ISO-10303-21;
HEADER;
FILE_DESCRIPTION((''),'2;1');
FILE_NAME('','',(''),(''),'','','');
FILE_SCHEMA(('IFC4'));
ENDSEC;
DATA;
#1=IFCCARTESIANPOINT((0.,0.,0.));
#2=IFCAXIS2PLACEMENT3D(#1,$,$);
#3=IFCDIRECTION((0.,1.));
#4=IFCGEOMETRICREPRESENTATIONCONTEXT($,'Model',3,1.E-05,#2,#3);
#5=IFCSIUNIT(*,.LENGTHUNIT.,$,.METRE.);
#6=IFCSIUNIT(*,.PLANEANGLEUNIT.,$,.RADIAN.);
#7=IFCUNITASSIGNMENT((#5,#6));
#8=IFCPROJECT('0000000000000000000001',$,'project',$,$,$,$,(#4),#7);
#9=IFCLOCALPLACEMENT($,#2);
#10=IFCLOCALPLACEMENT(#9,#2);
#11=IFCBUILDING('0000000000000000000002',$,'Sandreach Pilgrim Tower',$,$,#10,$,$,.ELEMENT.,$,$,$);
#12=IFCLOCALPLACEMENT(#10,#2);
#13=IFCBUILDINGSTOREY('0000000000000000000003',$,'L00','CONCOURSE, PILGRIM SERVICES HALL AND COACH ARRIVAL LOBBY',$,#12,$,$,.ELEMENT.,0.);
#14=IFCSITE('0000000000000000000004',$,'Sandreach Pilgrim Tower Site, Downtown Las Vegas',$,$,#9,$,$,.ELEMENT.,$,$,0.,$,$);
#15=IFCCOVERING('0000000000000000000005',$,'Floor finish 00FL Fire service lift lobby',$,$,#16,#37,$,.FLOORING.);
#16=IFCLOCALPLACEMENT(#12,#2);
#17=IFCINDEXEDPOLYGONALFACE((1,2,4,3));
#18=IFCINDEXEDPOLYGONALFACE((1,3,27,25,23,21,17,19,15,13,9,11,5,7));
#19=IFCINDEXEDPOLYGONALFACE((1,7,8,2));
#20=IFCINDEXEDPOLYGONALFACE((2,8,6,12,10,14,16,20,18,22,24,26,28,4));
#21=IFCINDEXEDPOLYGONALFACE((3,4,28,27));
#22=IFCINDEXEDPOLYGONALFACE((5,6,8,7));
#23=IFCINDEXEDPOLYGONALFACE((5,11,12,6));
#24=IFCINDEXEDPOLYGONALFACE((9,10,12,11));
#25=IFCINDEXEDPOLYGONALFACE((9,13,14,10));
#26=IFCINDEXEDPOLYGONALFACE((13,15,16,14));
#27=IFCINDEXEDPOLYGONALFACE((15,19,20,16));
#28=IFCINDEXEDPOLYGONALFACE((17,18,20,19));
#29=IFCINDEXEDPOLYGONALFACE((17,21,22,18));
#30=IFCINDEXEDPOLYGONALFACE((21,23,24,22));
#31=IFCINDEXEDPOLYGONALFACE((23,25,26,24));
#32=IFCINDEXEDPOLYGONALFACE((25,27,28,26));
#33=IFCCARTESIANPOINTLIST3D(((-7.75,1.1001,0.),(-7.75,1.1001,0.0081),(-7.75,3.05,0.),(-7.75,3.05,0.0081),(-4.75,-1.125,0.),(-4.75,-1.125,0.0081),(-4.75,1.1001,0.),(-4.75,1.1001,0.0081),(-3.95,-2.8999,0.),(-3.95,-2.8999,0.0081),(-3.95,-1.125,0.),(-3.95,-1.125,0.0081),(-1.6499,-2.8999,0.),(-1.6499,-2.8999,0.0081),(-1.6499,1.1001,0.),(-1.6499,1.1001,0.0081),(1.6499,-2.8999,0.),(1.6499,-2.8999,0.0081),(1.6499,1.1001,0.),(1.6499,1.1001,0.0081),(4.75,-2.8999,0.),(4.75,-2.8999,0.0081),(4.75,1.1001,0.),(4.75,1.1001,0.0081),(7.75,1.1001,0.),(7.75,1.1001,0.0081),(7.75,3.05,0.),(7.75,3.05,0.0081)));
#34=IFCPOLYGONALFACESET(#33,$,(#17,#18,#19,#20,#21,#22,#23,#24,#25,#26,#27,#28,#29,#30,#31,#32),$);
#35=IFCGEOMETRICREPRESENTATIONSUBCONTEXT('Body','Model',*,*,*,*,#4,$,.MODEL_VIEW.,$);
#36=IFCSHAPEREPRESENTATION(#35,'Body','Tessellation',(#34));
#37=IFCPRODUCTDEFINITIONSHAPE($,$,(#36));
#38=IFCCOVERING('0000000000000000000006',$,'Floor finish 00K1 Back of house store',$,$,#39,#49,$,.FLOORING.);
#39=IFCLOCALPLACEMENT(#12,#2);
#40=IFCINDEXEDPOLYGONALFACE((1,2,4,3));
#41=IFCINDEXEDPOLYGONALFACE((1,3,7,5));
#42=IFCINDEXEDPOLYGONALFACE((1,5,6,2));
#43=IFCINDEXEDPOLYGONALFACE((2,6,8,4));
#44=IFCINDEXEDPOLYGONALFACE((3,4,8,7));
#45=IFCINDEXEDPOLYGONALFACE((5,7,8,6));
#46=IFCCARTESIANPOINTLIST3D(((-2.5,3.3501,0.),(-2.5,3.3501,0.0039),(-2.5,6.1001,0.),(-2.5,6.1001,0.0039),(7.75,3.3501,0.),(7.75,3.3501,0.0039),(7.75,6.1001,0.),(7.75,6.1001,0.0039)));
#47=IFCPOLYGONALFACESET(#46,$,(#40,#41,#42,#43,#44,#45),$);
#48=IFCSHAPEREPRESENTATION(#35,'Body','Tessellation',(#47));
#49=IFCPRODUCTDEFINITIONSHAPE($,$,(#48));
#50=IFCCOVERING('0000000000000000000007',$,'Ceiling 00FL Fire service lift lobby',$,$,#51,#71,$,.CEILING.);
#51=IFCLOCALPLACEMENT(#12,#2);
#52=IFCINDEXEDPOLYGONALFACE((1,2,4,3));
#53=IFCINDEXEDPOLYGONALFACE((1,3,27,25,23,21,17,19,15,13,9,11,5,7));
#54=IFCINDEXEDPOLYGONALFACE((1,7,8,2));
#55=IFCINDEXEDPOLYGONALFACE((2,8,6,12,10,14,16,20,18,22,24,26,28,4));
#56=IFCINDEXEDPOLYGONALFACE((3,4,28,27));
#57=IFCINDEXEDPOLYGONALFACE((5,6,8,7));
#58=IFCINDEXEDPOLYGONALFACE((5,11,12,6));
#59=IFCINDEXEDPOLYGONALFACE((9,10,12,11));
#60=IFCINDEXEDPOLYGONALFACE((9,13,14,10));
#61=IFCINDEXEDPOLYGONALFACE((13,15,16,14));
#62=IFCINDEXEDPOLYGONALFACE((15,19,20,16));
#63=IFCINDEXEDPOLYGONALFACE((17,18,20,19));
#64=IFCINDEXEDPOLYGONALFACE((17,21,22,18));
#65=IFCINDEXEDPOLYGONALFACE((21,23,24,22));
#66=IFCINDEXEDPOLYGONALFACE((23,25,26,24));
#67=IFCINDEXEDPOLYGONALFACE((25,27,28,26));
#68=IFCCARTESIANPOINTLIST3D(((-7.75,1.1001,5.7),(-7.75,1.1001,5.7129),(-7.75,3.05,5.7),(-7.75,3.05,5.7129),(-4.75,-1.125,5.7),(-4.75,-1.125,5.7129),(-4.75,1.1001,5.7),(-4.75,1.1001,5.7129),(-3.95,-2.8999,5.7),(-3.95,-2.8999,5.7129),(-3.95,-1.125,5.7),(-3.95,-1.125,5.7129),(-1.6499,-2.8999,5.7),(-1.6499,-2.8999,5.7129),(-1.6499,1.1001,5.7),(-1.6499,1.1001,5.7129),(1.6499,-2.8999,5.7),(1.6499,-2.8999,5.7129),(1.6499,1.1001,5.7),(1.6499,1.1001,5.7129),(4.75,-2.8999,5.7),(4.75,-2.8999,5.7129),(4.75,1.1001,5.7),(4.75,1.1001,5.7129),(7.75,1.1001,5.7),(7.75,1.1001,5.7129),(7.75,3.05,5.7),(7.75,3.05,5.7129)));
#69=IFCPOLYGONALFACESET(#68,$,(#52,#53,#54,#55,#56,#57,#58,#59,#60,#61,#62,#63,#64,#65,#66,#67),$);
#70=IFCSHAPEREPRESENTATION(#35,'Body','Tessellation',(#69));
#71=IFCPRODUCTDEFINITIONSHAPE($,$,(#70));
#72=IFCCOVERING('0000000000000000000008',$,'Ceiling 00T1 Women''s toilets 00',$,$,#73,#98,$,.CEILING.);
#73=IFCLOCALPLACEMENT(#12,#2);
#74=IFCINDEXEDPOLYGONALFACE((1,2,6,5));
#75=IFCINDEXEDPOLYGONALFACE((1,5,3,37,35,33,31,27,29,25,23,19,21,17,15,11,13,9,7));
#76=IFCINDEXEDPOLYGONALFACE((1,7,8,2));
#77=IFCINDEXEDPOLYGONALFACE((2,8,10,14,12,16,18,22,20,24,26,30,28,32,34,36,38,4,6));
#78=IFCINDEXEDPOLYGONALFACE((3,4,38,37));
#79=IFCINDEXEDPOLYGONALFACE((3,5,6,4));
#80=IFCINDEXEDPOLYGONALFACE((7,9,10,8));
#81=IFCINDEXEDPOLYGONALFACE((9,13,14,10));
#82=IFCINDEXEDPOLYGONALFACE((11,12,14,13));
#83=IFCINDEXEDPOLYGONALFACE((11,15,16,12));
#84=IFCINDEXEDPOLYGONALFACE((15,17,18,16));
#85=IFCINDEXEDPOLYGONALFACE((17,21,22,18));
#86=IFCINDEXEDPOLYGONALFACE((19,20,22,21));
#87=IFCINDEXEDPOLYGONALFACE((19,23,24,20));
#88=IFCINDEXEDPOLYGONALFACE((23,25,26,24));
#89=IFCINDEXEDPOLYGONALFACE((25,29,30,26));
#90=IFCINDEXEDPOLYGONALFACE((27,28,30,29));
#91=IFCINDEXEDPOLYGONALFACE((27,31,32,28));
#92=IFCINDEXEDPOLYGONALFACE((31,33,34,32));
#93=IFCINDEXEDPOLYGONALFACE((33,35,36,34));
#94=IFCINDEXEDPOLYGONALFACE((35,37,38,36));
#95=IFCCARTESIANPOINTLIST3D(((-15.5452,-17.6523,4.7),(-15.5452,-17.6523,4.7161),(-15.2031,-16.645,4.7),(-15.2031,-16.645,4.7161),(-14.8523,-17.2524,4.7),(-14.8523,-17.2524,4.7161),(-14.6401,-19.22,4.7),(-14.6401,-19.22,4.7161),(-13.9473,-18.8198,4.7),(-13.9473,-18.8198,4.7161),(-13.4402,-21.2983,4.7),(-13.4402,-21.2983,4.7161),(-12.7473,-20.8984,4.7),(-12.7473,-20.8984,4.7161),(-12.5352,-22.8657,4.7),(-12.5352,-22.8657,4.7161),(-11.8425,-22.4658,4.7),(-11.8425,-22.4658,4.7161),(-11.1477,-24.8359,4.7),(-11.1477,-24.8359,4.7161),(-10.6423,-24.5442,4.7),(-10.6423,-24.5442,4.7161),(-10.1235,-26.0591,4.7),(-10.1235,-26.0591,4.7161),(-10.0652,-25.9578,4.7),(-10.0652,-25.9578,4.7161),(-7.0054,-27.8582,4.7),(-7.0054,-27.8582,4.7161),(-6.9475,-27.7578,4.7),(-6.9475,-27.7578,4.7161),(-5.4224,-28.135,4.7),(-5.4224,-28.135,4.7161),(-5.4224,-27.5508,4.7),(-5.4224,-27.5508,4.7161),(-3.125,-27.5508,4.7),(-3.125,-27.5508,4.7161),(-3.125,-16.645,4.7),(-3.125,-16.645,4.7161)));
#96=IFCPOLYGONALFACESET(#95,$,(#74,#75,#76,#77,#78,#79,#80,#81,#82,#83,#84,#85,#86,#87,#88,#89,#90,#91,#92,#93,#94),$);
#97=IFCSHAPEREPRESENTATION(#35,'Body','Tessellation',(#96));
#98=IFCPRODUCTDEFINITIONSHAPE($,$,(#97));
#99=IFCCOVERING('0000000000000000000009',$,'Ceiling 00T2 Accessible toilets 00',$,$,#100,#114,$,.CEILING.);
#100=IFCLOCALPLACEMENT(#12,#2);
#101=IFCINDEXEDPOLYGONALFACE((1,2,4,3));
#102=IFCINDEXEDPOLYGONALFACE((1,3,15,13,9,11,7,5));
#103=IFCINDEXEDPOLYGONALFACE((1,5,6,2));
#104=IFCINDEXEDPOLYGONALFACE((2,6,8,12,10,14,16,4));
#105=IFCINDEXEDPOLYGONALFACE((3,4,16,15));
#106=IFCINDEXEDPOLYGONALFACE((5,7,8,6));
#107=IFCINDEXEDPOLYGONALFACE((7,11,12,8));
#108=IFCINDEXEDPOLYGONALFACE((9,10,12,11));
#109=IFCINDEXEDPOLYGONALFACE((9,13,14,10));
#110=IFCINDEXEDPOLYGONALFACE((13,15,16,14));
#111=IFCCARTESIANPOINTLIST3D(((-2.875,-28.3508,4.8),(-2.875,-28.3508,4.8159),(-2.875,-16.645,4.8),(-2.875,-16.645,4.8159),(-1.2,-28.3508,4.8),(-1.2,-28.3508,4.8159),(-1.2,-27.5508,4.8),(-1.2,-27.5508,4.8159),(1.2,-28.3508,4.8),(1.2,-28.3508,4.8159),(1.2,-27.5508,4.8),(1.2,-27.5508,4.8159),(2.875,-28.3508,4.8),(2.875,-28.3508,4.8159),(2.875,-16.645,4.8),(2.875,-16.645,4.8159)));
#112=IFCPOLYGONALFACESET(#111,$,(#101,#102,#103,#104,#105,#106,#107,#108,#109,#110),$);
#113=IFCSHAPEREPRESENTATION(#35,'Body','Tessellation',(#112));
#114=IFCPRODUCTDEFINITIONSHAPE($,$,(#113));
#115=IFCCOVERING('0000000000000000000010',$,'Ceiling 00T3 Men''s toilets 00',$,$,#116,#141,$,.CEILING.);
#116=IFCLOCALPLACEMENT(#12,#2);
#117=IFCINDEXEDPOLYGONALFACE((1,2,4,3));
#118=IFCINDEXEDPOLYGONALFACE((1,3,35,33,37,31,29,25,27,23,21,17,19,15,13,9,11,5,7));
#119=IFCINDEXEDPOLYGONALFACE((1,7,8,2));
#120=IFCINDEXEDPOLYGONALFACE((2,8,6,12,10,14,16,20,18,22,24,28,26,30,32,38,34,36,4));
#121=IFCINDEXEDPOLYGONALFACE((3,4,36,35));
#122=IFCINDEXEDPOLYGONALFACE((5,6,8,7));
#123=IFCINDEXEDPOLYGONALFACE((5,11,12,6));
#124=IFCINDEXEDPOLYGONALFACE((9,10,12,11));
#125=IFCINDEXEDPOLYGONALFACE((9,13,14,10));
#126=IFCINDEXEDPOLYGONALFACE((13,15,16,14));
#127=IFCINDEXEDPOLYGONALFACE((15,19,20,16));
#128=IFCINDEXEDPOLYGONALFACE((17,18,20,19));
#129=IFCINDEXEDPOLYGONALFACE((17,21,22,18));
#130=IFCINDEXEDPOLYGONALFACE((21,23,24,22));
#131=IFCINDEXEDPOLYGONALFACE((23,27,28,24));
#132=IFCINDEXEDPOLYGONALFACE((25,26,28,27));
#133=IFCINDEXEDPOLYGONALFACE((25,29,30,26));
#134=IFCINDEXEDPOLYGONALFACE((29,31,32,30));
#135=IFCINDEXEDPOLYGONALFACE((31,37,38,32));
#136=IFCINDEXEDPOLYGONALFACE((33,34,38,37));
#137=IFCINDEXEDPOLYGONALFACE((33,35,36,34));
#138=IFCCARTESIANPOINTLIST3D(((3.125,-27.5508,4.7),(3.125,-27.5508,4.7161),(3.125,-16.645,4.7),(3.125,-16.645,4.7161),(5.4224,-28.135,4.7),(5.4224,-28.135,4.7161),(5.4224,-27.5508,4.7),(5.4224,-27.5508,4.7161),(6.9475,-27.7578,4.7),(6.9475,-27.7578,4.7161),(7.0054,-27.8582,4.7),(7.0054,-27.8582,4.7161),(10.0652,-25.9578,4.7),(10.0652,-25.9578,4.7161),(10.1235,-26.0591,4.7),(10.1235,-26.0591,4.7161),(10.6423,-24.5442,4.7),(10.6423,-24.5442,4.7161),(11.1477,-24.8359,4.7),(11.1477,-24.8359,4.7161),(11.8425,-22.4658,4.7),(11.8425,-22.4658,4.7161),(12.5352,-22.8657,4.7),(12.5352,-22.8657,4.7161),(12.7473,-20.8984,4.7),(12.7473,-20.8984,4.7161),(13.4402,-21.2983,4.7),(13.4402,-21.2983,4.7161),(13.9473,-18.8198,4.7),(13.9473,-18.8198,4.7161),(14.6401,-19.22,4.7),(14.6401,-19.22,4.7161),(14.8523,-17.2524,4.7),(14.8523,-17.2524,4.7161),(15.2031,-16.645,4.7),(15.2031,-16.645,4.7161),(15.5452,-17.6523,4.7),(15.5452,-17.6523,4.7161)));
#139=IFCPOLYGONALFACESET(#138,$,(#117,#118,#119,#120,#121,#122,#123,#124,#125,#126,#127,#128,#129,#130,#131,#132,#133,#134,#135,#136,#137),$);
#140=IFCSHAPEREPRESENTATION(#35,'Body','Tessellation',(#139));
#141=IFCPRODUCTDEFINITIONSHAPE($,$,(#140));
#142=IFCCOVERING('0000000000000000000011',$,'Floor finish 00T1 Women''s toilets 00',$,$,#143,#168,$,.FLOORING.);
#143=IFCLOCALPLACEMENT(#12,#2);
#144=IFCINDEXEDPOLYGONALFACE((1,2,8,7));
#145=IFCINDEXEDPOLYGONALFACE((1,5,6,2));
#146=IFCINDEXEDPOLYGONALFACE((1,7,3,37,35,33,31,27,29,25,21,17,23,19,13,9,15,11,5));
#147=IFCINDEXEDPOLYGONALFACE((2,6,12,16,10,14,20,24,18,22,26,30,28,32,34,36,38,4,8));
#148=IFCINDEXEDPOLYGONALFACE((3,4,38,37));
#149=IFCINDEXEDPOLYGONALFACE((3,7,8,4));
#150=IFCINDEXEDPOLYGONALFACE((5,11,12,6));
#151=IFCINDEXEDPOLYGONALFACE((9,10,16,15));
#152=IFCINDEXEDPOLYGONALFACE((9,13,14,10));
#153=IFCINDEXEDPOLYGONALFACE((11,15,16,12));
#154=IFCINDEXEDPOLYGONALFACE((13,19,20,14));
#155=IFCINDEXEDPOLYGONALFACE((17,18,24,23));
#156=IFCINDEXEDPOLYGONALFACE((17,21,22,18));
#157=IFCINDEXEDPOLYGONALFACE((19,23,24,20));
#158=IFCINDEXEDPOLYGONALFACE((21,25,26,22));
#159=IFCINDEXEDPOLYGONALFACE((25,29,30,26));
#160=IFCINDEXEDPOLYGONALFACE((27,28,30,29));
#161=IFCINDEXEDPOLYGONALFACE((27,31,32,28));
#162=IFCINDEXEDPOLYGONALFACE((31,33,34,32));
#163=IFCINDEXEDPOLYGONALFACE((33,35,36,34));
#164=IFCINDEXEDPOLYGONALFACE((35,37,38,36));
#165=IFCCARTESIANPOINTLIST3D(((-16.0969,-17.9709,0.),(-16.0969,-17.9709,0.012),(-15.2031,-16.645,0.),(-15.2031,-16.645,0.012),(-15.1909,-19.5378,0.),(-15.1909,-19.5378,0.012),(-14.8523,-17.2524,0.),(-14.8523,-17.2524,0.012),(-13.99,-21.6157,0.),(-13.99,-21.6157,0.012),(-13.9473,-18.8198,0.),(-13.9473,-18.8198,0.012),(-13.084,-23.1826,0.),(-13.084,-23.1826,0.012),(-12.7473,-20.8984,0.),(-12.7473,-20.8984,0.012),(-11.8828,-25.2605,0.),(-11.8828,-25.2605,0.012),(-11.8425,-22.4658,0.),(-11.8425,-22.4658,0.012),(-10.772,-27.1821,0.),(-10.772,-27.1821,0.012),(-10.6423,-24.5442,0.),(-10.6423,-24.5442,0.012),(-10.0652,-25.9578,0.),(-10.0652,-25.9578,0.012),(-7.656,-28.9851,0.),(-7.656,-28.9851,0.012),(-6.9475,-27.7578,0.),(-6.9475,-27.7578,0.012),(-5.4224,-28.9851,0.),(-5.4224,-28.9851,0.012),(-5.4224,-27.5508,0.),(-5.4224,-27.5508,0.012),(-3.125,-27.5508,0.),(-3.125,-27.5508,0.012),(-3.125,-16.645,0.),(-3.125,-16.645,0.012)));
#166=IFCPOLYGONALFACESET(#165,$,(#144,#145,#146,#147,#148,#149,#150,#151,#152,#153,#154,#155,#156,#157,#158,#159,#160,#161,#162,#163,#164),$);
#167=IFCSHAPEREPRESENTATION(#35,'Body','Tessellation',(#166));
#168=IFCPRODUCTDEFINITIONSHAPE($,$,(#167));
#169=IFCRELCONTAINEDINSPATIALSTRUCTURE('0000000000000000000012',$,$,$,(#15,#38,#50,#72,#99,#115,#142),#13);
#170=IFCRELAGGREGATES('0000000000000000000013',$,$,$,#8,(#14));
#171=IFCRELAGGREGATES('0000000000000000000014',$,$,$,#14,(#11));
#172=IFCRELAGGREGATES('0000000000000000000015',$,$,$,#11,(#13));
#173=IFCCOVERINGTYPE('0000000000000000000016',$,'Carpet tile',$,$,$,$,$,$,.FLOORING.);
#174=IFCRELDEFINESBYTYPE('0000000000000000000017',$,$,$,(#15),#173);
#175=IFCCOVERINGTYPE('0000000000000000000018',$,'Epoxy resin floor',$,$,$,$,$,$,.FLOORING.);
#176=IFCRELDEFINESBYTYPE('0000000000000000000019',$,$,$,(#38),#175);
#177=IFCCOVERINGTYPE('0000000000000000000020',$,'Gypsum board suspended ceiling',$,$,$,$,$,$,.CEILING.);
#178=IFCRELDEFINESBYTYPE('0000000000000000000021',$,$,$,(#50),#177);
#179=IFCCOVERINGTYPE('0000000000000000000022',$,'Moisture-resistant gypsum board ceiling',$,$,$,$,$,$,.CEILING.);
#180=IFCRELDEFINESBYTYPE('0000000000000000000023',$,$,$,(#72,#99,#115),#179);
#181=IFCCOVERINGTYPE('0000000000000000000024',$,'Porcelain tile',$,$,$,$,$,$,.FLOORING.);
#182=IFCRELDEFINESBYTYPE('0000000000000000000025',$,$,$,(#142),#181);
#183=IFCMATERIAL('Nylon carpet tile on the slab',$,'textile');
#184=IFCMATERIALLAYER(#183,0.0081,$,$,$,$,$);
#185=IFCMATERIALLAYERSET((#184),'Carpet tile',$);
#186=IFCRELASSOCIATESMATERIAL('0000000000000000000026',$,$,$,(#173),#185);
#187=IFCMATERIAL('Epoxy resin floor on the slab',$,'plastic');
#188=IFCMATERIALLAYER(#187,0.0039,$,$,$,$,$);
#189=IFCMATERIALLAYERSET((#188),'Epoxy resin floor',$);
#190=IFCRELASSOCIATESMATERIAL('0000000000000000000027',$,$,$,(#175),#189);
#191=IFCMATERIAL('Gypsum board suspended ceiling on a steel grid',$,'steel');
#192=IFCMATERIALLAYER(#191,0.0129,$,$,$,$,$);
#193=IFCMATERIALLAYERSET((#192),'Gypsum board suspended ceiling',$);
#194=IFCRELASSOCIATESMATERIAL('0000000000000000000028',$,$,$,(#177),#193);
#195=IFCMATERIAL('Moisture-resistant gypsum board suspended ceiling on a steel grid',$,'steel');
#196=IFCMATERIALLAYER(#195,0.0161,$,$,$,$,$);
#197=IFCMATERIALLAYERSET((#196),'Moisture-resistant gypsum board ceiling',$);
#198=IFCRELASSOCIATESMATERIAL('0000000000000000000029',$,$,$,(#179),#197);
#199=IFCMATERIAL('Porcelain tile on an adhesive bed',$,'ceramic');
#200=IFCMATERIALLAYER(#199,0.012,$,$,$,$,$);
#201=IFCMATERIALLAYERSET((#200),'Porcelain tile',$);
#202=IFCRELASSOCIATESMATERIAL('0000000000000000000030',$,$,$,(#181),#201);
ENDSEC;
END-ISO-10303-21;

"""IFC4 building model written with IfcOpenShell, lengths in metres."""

from ifc_helpers import new_model, si_unit, direction, frame, origin, place, context, subcontext, project, spatial, polyline, outline, extrude, material, layer, layer_set, type_object, element, save


model = new_model("IFC4")

# Units and contexts
model_context = context("Model", 3, precision=1e-05, world=origin(), true_north=direction((0.0, 1.0)))
body_context = subcontext(model_context, "Body", "Model", "MODEL_VIEW")
ifc_project = project(units=[si_unit("LENGTHUNIT", "METRE"), si_unit("PLANEANGLEUNIT", "RADIAN")], contexts=[model_context])

# Site, building, storey
site_placement = place(None, origin())
site = spatial("IfcSite", under=ifc_project, at=site_placement, Name="Sandreach Pilgrim Tower Site, Downtown Las Vegas", CompositionType="ELEMENT", RefElevation=0.0)
building_placement = place(site_placement, origin())
building = spatial("IfcBuilding", under=site, at=building_placement, Name="Sandreach Pilgrim Tower", CompositionType="ELEMENT")
storey_placement = place(building_placement, origin())
storey = spatial("IfcBuildingStorey", under=building, at=storey_placement, Name="L00", Description="CONCOURSE, PILGRIM SERVICES HALL AND COACH ARRIVAL LOBBY", CompositionType="ELEMENT", Elevation=0.0)

# Coverings
ifc_material_1 = material(Name="Nylon carpet tile on the slab", Category="textile")
ifc_layer_1 = layer(ifc_material_1, 0.0081)
ifc_layer_set_1 = layer_set([ifc_layer_1], Name="Carpet tile")
covering_type_1 = type_object("IfcCoveringType", Name="Carpet tile", PredefinedType="FLOORING", material=ifc_layer_set_1)
covering_1_placement = place(storey_placement, origin())
element("IfcCovering", 1, at=covering_1_placement, inside=storey, type_object=covering_type_1, Name="Floor finish 00FL Fire service lift lobby", PredefinedType="FLOORING", context=body_context, shape_type="SweptSolid", body=[
    extrude(outline(polyline([(-3.95, -1.125), (-4.75, -1.125), (-4.75, 1.1001), (-7.75, 1.1001), (-7.75, 3.05), (7.75, 3.05), (7.75, 1.1001), (4.75, 1.1001), (4.75, -2.8999), (1.6499, -2.8999), (1.6499, 1.1001), (-1.6499, 1.1001), (-1.6499, -2.8999), (-3.95, -2.8999), (-3.95, -1.125)])), origin(), (0.0, 0.0, 1.0), 0.0081),
])
ifc_material_2 = material(Name="Epoxy resin floor on the slab", Category="plastic")
ifc_layer_2 = layer(ifc_material_2, 0.0039)
ifc_layer_set_2 = layer_set([ifc_layer_2], Name="Epoxy resin floor")
covering_type_2 = type_object("IfcCoveringType", Name="Epoxy resin floor", PredefinedType="FLOORING", material=ifc_layer_set_2)
covering_2_placement = place(storey_placement, origin())
element("IfcCovering", 2, at=covering_2_placement, inside=storey, type_object=covering_type_2, Name="Floor finish 00K1 Back of house store", PredefinedType="FLOORING", context=body_context, shape_type="SweptSolid", body=[
    extrude(outline(polyline([(-2.5, 6.1001), (7.75, 6.1001), (7.75, 3.3501), (-2.5, 3.3501), (-2.5, 6.1001)])), origin(), (0.0, 0.0, 1.0), 0.0039),
])
ifc_material_3 = material(Name="Gypsum board suspended ceiling on a steel grid", Category="steel")
ifc_layer_3 = layer(ifc_material_3, 0.0129)
ifc_layer_set_3 = layer_set([ifc_layer_3], Name="Gypsum board suspended ceiling")
covering_type_3 = type_object("IfcCoveringType", Name="Gypsum board suspended ceiling", PredefinedType="CEILING", material=ifc_layer_set_3)
covering_3_placement = place(storey_placement, frame((0.0, 0.0, 5.7)))
element("IfcCovering", 3, at=covering_3_placement, inside=storey, type_object=covering_type_3, Name="Ceiling 00FL Fire service lift lobby", PredefinedType="CEILING", context=body_context, shape_type="SweptSolid", body=[
    extrude(outline(polyline([(-3.95, -1.125), (-4.75, -1.125), (-4.75, 1.1001), (-7.75, 1.1001), (-7.75, 3.05), (7.75, 3.05), (7.75, 1.1001), (4.75, 1.1001), (4.75, -2.8999), (1.6499, -2.8999), (1.6499, 1.1001), (-1.6499, 1.1001), (-1.6499, -2.8999), (-3.95, -2.8999), (-3.95, -1.125)])), origin(), (0.0, 0.0, 1.0), 0.0129),
])
ifc_material_4 = material(Name="Moisture-resistant gypsum board suspended ceiling on a steel grid", Category="steel")
ifc_layer_4 = layer(ifc_material_4, 0.0161)
ifc_layer_set_4 = layer_set([ifc_layer_4], Name="Moisture-resistant gypsum board ceiling")
covering_type_4 = type_object("IfcCoveringType", Name="Moisture-resistant gypsum board ceiling", PredefinedType="CEILING", material=ifc_layer_set_4)
covering_4_placement = place(storey_placement, frame((0.0, 0.0, 4.7)))
element("IfcCovering", 4, at=covering_4_placement, inside=storey, type_object=covering_type_4, Name="Ceiling 00T1 Women's toilets 00", PredefinedType="CEILING", context=body_context, shape_type="SweptSolid", body=[
    extrude(outline(polyline([(-15.2031, -16.645), (-3.125, -16.645), (-3.125, -27.5508), (-5.4224, -27.5508), (-5.4224, -28.135), (-7.0054, -27.8582), (-6.9475, -27.7578), (-10.0652, -25.9578), (-10.1235, -26.0591), (-11.1477, -24.8359), (-10.6423, -24.5442), (-11.8425, -22.4658), (-12.5352, -22.8657), (-13.4402, -21.2983), (-12.7473, -20.8984), (-13.9473, -18.8198), (-14.6401, -19.22), (-15.5452, -17.6523), (-14.8523, -17.2524), (-15.2031, -16.645)])), origin(), (0.0, 0.0, 1.0), 0.0161),
])
covering_5_placement = place(storey_placement, frame((0.0, 0.0, 4.8)))
element("IfcCovering", 5, at=covering_5_placement, inside=storey, type_object=covering_type_4, Name="Ceiling 00T2 Accessible toilets 00", PredefinedType="CEILING", context=body_context, shape_type="SweptSolid", body=[
    extrude(outline(polyline([(2.875, -28.3508), (1.2, -28.3508), (1.2, -27.5508), (-1.2, -27.5508), (-1.2, -28.3508), (-2.875, -28.3508), (-2.875, -16.645), (2.875, -16.645), (2.875, -28.3508)])), origin(), (0.0, 0.0, 1.0), 0.0159),
])
covering_6_placement = place(storey_placement, frame((0.0, 0.0, 4.7)))
element("IfcCovering", 6, at=covering_6_placement, inside=storey, type_object=covering_type_4, Name="Ceiling 00T3 Men's toilets 00", PredefinedType="CEILING", context=body_context, shape_type="SweptSolid", body=[
    extrude(outline(polyline([(3.125, -16.645), (15.2031, -16.645), (14.8523, -17.2524), (15.5452, -17.6523), (14.6401, -19.22), (13.9473, -18.8198), (12.7473, -20.8984), (13.4402, -21.2983), (12.5352, -22.8657), (11.8425, -22.4658), (10.6423, -24.5442), (11.1477, -24.8359), (10.1235, -26.0591), (10.0652, -25.9578), (6.9475, -27.7578), (7.0054, -27.8582), (5.4224, -28.135), (5.4224, -27.5508), (3.125, -27.5508), (3.125, -16.645)])), origin(), (0.0, 0.0, 1.0), 0.0161),
])
ifc_material_5 = material(Name="Porcelain tile on an adhesive bed", Category="ceramic")
ifc_layer_5 = layer(ifc_material_5, 0.012)
ifc_layer_set_5 = layer_set([ifc_layer_5], Name="Porcelain tile")
covering_type_5 = type_object("IfcCoveringType", Name="Porcelain tile", PredefinedType="FLOORING", material=ifc_layer_set_5)
covering_7_placement = place(storey_placement, origin())
element("IfcCovering", 7, at=covering_7_placement, inside=storey, type_object=covering_type_5, Name="Floor finish 00T1 Women's toilets 00", PredefinedType="FLOORING", context=body_context, shape_type="SweptSolid", body=[
    extrude(outline(polyline([(-15.2031, -16.645), (-3.125, -16.645), (-3.125, -27.5508), (-5.4224, -27.5508), (-5.4224, -28.9851), (-7.656, -28.9851), (-6.9475, -27.7578), (-10.0652, -25.9578), (-10.772, -27.1821), (-11.8828, -25.2605), (-10.6423, -24.5442), (-11.8425, -22.4658), (-13.084, -23.1826), (-13.99, -21.6157), (-12.7473, -20.8984), (-13.9473, -18.8198), (-15.1909, -19.5378), (-16.0969, -17.9709), (-14.8523, -17.2524), (-15.2031, -16.645)])), origin(), (0.0, 0.0, 1.0), 0.012),
])

save(model, "model.ifc")
